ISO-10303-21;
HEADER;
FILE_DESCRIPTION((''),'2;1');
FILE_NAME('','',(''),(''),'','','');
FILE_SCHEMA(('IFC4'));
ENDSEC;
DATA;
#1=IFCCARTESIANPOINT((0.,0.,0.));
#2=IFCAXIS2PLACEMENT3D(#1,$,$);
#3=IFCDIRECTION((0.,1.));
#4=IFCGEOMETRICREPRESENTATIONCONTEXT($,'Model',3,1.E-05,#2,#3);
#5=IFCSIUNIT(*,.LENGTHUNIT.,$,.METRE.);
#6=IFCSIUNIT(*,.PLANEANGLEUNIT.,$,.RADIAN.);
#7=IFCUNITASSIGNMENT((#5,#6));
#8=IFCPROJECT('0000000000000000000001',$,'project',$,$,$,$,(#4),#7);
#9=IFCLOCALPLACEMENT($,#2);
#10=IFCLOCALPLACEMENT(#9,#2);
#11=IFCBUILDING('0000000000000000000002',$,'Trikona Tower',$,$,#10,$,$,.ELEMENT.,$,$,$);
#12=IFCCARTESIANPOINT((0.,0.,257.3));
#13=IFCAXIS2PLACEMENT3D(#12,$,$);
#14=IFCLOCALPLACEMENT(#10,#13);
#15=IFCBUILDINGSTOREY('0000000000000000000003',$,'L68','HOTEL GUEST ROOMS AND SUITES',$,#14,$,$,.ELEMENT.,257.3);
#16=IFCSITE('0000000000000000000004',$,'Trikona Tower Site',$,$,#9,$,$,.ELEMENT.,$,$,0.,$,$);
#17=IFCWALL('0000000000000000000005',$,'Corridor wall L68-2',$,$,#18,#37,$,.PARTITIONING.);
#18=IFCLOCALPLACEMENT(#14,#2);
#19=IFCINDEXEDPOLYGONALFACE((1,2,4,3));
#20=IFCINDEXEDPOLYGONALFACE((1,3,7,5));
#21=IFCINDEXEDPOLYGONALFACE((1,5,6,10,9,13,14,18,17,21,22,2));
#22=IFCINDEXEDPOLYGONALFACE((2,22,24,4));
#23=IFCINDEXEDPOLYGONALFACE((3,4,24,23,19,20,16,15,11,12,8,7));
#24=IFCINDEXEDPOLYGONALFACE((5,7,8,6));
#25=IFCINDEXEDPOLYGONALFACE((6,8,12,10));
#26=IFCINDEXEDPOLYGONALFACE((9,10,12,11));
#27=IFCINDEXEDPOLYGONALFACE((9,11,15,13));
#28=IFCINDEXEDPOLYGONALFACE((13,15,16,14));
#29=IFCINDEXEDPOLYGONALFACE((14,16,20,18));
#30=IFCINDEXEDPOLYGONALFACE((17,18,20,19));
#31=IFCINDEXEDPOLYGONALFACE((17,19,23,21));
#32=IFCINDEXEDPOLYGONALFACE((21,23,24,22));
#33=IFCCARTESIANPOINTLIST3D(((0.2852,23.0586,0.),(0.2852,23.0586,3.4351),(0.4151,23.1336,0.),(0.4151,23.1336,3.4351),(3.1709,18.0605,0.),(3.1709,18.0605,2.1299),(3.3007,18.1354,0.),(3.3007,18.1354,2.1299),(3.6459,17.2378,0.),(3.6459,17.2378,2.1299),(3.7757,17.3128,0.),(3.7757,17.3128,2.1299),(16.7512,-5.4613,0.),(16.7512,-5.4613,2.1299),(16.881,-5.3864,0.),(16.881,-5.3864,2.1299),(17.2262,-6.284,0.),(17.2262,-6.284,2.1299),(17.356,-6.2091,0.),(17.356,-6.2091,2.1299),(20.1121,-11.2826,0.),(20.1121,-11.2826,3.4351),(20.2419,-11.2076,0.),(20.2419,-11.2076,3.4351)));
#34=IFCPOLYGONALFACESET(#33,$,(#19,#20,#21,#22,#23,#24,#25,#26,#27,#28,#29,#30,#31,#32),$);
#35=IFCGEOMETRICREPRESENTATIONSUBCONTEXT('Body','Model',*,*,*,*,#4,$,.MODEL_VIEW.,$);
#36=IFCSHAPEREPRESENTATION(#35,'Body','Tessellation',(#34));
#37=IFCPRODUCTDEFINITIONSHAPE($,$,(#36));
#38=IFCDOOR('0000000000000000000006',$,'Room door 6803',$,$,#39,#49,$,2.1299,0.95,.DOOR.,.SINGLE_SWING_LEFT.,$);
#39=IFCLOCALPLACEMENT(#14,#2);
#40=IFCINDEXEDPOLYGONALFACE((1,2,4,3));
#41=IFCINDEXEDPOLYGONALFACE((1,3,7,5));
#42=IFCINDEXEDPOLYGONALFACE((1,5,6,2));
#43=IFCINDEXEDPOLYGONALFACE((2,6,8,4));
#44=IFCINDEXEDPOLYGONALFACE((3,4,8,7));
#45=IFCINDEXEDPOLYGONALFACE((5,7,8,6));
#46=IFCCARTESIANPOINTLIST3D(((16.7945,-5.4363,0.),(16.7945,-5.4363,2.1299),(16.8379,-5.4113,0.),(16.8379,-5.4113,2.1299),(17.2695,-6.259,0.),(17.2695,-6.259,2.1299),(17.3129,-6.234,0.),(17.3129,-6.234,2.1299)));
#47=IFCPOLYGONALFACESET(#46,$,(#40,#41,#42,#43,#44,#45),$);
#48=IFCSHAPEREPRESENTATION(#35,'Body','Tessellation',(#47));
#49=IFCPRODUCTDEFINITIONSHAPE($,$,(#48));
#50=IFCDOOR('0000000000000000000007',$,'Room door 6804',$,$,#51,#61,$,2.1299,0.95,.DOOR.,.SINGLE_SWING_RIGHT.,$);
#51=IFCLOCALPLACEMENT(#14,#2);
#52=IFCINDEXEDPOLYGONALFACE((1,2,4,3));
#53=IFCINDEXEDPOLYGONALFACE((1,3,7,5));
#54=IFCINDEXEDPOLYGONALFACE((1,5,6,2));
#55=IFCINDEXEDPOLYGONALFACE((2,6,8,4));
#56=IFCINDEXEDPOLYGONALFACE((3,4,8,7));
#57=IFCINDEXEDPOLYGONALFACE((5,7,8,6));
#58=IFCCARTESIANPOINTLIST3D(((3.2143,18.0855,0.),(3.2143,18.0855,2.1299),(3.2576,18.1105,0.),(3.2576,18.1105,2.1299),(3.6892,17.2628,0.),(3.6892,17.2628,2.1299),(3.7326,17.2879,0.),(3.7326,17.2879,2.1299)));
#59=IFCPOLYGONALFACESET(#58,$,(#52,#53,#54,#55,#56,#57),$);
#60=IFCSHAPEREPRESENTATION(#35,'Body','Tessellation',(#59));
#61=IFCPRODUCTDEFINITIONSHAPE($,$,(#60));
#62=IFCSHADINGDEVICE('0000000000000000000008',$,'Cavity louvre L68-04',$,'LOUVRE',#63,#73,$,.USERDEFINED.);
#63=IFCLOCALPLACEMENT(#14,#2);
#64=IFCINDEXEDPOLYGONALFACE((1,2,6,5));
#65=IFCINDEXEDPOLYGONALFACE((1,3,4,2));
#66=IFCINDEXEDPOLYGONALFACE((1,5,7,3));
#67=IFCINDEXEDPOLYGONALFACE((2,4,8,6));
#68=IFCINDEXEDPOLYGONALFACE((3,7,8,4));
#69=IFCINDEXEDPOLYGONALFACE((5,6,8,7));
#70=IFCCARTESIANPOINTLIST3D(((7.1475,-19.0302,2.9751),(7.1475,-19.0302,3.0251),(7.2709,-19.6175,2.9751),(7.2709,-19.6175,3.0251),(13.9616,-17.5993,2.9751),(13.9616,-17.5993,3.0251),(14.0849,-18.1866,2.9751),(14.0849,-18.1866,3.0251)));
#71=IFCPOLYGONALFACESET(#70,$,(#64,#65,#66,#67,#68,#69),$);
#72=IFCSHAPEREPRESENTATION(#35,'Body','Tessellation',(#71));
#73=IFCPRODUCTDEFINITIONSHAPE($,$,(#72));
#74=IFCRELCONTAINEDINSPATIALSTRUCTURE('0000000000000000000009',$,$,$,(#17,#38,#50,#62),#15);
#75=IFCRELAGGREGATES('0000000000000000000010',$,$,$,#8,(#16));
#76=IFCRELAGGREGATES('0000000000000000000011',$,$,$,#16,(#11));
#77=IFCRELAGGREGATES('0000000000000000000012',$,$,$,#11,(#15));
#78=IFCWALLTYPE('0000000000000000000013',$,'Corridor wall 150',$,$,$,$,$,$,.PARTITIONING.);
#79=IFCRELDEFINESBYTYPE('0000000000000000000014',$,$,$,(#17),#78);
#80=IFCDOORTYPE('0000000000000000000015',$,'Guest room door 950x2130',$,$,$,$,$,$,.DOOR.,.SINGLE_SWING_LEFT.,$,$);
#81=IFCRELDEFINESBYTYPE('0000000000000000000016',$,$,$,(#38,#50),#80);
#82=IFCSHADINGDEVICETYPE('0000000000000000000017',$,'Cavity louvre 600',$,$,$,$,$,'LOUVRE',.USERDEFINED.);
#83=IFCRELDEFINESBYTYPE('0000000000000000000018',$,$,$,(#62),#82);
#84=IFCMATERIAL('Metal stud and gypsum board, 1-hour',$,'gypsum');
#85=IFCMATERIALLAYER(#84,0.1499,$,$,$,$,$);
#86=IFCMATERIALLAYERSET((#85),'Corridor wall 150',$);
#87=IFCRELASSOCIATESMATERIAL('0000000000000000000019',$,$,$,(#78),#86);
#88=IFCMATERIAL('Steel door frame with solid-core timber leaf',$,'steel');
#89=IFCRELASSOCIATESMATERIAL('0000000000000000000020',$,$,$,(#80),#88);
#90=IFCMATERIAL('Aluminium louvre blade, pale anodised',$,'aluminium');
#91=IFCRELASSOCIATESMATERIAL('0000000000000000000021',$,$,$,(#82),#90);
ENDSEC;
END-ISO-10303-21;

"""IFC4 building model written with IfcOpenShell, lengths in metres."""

from ifc_helpers import new_model, si_unit, direction, frame, frame_2d, origin, origin_2d, place, context, subcontext, project, spatial, rectangle, extrude, material, layer, layer_set, type_object, element, fill, save


model = new_model("IFC4")

# Units and contexts
model_context = context("Model", 3, precision=1e-05, world=origin(), true_north=direction((0.0, 1.0)))
body_context = subcontext(model_context, "Body", "Model", "MODEL_VIEW")
ifc_project = project(units=[si_unit("LENGTHUNIT", "METRE"), si_unit("PLANEANGLEUNIT", "RADIAN")], contexts=[model_context])

# Site, building, storey
site_placement = place(None, origin())
site = spatial("IfcSite", under=ifc_project, at=site_placement, Name="Trikona Tower Site", CompositionType="ELEMENT", RefElevation=0.0)
building_placement = place(site_placement, origin())
building = spatial("IfcBuilding", under=site, at=building_placement, Name="Trikona Tower", CompositionType="ELEMENT")
storey_placement = place(building_placement, frame((0.0, 0.0, 257.3)))
storey = spatial("IfcBuildingStorey", under=building, at=storey_placement, Name="L68", Description="HOTEL GUEST ROOMS AND SUITES", CompositionType="ELEMENT", Elevation=257.3)

# Wall, openings, doors
ifc_material_1 = material(Name="Metal stud and gypsum board, 1-hour", Category="gypsum")
ifc_layer_1 = layer(ifc_material_1, 0.1499)
ifc_layer_set_1 = layer_set([ifc_layer_1], Name="Corridor wall 150")
wall_type_1 = type_object("IfcWallType", Name="Corridor wall 150", PredefinedType="PARTITIONING", material=ifc_layer_set_1)
wall_1_placement = place(storey_placement, frame((20.177, -11.2451, 0.0), z_axis=(0.0, 0.0, 1.0), x_axis=(-0.499999, 0.866026, 0.0)))
wall_1 = element("IfcWall", 1, at=wall_1_placement, inside=storey, type_object=wall_type_1, Name="Corridor wall L68-2", PredefinedType="PARTITIONING", context=body_context, shape_type="SweptSolid", body=[
    extrude(rectangle(XDim=39.6538, YDim=0.1499, at=frame_2d((19.8269, 0.0))), origin(), (0.0, 0.0, 1.0), 3.4351),
])
opening_1_placement = place(wall_1_placement, frame((5.7717, 0.0, 0.0)))
opening_1 = element("IfcOpeningElement", 2, at=opening_1_placement, cuts=wall_1, PredefinedType="OPENING", context=body_context, shape_type="SweptSolid", body=[
    extrude(rectangle(XDim=0.95, YDim=2.1299, at=frame_2d((0.4751, 1.0649))), frame((0.0, 0.085, 0.0), z_axis=(0.0, -1.0, 0.0), x_axis=(1.0, 0.0, 0.0)), (0.0, 0.0, 1.0), 0.1699),
])
opening_2_placement = place(wall_1_placement, frame((32.9324, 0.0, 0.0)))
opening_2 = element("IfcOpeningElement", 3, at=opening_2_placement, cuts=wall_1, PredefinedType="OPENING", context=body_context, shape_type="SweptSolid", body=[
    extrude(rectangle(XDim=0.95, YDim=2.1299, at=frame_2d((0.4751, 1.0649))), frame((0.0, 0.085, 0.0), z_axis=(0.0, -1.0, 0.0), x_axis=(1.0, 0.0, 0.0)), (0.0, 0.0, 1.0), 0.1699),
])
ifc_material_2 = material(Name="Steel door frame with solid-core timber leaf", Category="steel")
door_type_1 = type_object("IfcDoorType", Name="Guest room door 950x2130", OperationType="SINGLE_SWING_LEFT", PredefinedType="DOOR", material=ifc_material_2)
door_1_placement = place(opening_1_placement, origin())
door_1 = element("IfcDoor", 4, at=door_1_placement, inside=storey, type_object=door_type_1, Name="Room door 6803", OperationType="SINGLE_SWING_LEFT", OverallHeight=2.1299, OverallWidth=0.95, PredefinedType="DOOR", context=body_context, shape_type="SweptSolid", body=[
    extrude(rectangle(XDim=0.95, YDim=2.1299, at=frame_2d((0.4751, 1.0649))), frame((0.0, 0.0249, 0.0), z_axis=(0.0, -1.0, 0.0), x_axis=(1.0, 0.0, 0.0)), (0.0, 0.0, 1.0), 0.05),
])
fill(opening_1, door_1)
door_2_placement = place(opening_2_placement, origin())
door_2 = element("IfcDoor", 5, at=door_2_placement, inside=storey, type_object=door_type_1, Name="Room door 6804", OperationType="SINGLE_SWING_RIGHT", OverallHeight=2.1299, OverallWidth=0.95, PredefinedType="DOOR", context=body_context, shape_type="SweptSolid", body=[
    extrude(rectangle(XDim=0.95, YDim=2.1299, at=frame_2d((0.4751, 1.0649))), frame((0.0, 0.0249, 0.0), z_axis=(0.0, -1.0, 0.0), x_axis=(1.0, 0.0, 0.0)), (0.0, 0.0, 1.0), 0.05),
])
fill(opening_2, door_2)

# Shading device
ifc_material_3 = material(Name="Aluminium louvre blade, pale anodised", Category="aluminium")
shading_device_type = type_object("IfcShadingDeviceType", Name="Cavity louvre 600", ElementType="LOUVRE", PredefinedType="USERDEFINED", material=ifc_material_3)
shading_device_placement = place(storey_placement, frame((10.6162, -18.6084, 2.9751), z_axis=(0.0, 0.0, 1.0), x_axis=(0.978653, 0.205518, 0.0)))
element("IfcShadingDevice", 6, at=shading_device_placement, inside=storey, type_object=shading_device_type, Name="Cavity louvre L68-04", ObjectType="LOUVRE", PredefinedType="USERDEFINED", context=body_context, shape_type="SweptSolid", body=[
    extrude(rectangle(XDim=6.9626, YDim=0.6001, at=origin_2d()), origin(), (0.0, 0.0, 1.0), 0.05),
])

save(model, "model.ifc")
